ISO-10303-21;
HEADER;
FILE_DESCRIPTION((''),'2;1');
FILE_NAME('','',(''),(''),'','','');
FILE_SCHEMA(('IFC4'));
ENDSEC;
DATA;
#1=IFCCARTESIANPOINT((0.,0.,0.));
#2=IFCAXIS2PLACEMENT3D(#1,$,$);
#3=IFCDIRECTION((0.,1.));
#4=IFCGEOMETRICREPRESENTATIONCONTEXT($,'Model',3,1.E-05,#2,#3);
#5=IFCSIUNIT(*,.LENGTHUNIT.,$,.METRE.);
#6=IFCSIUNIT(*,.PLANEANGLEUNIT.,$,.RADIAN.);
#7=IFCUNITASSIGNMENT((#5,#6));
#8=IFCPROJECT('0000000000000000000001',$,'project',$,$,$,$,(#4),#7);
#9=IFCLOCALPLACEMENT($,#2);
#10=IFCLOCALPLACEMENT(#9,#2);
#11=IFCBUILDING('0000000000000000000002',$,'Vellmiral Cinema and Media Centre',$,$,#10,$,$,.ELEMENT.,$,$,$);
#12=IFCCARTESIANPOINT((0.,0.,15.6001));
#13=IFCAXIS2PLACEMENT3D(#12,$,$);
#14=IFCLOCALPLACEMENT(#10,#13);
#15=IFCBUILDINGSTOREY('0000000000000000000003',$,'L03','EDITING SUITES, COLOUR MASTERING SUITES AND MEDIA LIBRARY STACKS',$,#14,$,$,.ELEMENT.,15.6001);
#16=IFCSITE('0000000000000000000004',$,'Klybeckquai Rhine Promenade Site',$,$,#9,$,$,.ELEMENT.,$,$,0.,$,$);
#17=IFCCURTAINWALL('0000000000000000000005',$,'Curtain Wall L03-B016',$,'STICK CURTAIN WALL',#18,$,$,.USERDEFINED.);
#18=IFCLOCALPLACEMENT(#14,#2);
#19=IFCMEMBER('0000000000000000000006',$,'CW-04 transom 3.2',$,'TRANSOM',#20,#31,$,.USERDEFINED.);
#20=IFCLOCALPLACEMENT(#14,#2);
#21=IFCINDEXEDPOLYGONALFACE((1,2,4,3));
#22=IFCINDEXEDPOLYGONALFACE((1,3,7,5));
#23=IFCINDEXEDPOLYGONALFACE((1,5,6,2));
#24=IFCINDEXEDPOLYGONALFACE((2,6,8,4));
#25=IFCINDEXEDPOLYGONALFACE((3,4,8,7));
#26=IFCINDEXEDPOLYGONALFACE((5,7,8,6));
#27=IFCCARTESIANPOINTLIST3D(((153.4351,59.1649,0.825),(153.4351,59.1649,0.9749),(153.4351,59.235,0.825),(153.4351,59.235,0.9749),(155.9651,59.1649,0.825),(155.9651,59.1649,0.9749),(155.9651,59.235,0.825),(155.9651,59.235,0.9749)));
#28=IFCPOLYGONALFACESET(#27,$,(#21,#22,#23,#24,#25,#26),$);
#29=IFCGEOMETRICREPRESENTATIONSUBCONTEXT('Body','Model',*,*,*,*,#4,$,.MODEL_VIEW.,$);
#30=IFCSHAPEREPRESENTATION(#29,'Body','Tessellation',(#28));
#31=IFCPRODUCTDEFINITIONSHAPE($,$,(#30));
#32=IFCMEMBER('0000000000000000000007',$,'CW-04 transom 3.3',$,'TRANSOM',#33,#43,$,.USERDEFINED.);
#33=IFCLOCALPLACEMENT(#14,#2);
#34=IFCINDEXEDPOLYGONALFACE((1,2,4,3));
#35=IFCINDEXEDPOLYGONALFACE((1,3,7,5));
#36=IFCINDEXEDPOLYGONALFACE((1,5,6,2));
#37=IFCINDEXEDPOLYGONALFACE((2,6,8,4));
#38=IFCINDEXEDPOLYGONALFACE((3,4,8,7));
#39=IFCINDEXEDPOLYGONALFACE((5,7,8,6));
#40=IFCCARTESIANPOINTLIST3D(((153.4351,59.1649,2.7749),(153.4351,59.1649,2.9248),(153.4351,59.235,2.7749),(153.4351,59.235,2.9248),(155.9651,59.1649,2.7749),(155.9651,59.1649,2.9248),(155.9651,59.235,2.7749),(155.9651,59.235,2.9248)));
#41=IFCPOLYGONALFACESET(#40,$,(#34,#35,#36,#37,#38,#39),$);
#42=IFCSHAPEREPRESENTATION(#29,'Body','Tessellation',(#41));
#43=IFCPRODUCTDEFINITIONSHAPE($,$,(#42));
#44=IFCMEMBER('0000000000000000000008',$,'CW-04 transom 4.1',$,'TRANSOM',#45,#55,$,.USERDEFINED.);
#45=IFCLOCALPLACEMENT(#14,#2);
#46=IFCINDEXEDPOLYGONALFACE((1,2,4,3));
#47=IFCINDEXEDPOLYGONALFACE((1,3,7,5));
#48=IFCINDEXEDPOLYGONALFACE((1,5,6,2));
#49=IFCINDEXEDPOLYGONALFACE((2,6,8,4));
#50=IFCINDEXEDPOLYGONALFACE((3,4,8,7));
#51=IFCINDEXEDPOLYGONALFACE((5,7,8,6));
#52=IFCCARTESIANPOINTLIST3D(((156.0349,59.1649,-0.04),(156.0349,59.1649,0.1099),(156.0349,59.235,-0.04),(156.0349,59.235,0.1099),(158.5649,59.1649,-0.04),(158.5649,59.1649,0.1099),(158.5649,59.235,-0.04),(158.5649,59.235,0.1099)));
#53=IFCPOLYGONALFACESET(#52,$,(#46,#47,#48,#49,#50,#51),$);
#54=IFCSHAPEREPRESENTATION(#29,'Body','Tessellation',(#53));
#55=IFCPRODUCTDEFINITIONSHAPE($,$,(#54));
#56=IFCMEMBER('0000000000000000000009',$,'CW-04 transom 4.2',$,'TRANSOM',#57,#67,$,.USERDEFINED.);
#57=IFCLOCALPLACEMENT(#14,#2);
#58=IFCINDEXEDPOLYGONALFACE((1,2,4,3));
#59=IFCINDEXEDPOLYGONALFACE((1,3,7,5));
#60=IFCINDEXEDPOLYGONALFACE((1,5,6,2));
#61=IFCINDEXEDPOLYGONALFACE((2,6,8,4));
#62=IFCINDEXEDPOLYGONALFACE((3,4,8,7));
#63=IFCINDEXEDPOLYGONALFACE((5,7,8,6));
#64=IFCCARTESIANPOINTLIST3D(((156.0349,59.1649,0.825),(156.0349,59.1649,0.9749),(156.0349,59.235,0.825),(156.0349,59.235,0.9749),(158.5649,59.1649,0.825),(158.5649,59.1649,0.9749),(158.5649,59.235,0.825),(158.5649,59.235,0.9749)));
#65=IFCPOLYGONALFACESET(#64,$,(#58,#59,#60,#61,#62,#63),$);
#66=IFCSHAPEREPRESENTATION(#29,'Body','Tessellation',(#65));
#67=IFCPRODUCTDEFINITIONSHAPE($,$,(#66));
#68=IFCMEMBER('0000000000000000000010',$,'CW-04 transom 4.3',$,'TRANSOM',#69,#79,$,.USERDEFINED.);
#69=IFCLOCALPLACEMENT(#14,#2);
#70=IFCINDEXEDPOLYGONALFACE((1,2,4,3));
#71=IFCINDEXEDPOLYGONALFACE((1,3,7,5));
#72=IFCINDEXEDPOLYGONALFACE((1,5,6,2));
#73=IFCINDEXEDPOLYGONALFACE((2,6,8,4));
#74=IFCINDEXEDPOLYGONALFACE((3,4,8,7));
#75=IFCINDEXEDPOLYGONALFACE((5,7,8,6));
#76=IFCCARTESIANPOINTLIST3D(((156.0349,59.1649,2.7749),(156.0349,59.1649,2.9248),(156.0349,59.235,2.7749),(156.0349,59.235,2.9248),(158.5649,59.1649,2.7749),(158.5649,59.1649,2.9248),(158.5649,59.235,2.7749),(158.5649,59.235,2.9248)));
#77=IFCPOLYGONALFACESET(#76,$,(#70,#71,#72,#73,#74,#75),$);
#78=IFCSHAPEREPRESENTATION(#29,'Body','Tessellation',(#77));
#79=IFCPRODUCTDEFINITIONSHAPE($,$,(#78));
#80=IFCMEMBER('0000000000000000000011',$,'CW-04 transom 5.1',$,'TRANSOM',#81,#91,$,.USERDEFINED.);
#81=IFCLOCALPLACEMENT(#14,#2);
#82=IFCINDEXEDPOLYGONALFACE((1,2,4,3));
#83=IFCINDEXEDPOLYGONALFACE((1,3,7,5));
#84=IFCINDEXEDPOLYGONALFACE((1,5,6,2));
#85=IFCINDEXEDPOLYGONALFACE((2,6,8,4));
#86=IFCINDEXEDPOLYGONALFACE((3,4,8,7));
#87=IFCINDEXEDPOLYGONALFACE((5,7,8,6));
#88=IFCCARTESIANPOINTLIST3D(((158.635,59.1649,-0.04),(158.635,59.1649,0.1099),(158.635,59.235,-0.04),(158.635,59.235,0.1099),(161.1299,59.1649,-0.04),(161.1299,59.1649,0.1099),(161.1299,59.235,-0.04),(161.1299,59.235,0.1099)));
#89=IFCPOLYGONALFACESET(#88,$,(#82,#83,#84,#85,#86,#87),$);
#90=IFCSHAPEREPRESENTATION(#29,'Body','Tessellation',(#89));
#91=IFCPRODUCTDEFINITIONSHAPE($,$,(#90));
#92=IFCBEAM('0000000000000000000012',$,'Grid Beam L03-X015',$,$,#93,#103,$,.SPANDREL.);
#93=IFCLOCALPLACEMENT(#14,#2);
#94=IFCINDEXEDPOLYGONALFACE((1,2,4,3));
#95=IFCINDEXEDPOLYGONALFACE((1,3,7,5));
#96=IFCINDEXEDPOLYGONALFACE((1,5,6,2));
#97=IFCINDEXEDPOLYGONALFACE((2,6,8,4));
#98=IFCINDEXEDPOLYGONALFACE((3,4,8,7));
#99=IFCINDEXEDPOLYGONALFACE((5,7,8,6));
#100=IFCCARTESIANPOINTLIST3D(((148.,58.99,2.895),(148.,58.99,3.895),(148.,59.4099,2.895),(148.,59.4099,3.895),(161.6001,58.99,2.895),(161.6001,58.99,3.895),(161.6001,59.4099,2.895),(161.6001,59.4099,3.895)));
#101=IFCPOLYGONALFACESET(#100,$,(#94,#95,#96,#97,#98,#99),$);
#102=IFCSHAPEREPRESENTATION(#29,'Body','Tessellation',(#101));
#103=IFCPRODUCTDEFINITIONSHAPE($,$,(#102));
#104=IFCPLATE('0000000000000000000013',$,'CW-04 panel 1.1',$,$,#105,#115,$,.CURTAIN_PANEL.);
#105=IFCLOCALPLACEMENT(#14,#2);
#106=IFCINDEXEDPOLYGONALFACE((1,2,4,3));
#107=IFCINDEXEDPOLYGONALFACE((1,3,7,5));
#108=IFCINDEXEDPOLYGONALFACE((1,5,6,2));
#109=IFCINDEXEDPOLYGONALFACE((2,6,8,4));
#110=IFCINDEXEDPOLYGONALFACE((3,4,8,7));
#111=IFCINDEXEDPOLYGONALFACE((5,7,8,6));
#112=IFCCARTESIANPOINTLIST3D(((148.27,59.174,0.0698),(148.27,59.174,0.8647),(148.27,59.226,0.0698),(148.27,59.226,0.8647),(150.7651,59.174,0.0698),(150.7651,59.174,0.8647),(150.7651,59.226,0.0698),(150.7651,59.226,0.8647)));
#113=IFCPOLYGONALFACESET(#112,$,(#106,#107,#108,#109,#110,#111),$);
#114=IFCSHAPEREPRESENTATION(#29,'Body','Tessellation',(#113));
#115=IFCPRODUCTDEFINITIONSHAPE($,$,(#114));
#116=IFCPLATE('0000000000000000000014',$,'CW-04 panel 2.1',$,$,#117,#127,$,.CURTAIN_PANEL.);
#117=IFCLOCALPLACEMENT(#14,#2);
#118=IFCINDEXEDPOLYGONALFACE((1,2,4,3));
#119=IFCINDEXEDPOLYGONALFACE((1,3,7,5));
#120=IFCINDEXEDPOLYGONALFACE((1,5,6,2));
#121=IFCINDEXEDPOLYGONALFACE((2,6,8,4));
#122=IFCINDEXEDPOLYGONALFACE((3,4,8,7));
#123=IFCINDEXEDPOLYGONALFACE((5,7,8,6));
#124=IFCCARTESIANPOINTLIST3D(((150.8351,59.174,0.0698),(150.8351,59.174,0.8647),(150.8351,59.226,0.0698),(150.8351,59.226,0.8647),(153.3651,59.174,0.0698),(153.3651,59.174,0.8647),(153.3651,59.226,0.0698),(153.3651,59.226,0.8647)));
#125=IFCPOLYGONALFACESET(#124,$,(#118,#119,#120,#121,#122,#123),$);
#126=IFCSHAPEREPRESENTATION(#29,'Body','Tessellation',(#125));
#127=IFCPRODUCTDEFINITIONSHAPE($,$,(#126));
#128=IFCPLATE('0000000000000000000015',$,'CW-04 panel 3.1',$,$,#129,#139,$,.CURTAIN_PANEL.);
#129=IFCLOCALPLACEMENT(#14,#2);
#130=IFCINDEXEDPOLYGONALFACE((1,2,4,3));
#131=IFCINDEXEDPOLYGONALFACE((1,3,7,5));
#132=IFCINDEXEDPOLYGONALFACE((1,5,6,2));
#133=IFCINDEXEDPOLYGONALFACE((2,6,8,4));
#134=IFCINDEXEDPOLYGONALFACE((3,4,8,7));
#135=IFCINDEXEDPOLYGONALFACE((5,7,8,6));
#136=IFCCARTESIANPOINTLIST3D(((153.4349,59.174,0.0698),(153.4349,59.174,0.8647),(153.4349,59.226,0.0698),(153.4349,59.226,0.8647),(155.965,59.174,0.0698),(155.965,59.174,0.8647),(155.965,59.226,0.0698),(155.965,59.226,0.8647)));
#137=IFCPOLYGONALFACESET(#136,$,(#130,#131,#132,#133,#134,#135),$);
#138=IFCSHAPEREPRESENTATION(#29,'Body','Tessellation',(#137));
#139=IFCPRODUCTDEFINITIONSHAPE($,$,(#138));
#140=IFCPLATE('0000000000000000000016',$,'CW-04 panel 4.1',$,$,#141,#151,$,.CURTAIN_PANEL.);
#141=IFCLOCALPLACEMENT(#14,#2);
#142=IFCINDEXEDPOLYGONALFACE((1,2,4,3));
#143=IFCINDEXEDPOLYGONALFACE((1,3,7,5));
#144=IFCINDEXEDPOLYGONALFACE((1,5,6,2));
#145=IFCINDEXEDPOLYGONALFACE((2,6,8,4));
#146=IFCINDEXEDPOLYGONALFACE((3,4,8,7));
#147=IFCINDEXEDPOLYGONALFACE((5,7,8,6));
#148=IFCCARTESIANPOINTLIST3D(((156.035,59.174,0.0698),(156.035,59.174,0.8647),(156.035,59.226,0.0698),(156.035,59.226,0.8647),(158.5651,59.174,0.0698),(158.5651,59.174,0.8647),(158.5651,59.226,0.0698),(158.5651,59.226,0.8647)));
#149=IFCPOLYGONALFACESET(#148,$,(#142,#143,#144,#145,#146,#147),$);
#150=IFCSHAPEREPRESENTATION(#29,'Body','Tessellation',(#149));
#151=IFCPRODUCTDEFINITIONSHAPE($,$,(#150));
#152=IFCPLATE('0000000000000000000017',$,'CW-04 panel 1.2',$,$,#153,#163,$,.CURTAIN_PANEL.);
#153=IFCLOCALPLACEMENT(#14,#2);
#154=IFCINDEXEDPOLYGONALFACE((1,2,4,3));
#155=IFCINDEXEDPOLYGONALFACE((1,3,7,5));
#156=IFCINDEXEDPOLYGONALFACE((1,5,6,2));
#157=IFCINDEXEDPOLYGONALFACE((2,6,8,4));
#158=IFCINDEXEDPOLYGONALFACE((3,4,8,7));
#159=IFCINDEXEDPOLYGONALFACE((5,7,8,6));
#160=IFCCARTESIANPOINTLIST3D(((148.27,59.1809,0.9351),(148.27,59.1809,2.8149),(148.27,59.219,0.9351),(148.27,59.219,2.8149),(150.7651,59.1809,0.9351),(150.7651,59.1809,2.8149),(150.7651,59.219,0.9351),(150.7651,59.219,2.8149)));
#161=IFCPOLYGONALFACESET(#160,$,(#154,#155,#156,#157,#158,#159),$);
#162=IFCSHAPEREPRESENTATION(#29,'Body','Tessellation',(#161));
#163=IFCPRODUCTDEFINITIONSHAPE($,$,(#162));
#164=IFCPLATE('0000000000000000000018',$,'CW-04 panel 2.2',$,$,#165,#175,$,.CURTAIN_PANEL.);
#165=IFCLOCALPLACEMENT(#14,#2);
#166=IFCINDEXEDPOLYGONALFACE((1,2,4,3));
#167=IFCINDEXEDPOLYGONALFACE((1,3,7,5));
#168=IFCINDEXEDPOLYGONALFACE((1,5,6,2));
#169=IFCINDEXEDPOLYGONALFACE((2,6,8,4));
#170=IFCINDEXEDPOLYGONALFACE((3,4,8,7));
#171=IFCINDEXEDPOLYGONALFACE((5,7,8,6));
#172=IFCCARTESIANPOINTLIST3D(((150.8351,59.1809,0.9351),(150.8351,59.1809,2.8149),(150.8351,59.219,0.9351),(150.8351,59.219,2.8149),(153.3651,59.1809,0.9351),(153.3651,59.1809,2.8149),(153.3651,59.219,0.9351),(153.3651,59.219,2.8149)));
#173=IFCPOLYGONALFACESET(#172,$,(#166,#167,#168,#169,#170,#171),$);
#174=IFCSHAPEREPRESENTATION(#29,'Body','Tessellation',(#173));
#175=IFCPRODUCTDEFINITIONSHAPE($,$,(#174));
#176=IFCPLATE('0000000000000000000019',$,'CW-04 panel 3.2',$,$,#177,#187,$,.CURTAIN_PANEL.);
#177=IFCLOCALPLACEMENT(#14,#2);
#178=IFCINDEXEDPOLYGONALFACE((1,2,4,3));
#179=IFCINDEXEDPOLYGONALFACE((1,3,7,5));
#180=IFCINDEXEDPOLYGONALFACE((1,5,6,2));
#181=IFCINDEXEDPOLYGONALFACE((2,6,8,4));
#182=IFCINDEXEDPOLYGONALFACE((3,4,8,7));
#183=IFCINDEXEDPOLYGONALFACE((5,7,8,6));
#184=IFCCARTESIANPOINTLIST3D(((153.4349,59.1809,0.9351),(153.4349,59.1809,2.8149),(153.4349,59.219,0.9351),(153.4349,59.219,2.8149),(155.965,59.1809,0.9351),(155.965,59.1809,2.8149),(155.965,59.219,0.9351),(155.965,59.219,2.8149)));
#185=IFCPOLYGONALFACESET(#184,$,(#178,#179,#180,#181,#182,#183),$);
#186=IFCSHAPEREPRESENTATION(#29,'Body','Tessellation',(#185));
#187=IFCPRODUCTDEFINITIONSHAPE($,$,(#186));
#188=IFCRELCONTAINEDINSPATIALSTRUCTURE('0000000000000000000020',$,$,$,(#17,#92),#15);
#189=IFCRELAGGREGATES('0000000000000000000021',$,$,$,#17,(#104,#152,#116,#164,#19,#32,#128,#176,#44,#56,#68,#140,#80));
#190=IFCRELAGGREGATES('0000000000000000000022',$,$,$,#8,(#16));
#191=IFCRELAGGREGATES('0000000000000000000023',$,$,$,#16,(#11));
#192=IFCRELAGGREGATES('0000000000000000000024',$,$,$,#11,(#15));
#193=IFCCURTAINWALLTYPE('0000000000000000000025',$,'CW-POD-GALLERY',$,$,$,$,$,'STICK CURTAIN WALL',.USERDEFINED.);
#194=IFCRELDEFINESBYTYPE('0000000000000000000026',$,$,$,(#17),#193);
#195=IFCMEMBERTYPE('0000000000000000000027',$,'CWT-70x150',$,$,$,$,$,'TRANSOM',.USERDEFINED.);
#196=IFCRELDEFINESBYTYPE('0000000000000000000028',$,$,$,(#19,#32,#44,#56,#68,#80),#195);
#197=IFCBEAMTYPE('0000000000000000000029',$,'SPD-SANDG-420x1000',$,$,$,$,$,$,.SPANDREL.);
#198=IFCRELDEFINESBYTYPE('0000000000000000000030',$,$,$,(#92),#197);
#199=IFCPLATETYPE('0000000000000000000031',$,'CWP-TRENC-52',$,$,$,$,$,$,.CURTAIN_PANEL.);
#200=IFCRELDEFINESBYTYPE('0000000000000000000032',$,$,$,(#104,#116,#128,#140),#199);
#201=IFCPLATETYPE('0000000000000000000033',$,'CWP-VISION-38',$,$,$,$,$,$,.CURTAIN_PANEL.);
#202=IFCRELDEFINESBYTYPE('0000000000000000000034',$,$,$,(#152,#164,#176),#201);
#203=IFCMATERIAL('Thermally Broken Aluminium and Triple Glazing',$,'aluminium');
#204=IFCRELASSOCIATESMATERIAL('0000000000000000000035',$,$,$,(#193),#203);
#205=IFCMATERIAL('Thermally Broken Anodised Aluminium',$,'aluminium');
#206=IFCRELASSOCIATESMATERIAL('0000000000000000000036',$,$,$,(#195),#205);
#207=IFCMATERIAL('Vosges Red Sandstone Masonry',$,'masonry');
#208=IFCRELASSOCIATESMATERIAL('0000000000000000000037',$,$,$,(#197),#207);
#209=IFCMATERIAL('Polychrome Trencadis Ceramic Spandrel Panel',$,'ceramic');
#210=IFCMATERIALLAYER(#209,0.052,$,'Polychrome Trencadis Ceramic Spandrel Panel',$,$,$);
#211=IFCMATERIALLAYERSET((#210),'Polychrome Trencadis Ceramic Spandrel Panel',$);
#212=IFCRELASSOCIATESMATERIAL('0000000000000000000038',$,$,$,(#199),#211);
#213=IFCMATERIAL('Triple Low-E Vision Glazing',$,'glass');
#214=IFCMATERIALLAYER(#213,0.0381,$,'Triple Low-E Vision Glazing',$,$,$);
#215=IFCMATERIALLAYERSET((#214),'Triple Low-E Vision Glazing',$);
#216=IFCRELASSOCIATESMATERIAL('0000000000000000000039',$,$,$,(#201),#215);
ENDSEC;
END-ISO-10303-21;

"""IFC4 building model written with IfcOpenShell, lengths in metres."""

from ifc_helpers import new_model, si_unit, direction, frame, origin, origin_2d, place, context, subcontext, project, spatial, rectangle, extrude, material, layer, layer_set, material_profile, profile_set, type_object, element, aggregate, save


model = new_model("IFC4")

# Units and contexts
model_context = context("Model", 3, precision=1e-05, world=origin(), true_north=direction((0.0, 1.0)))
body_context = subcontext(model_context, "Body", "Model", "MODEL_VIEW")
ifc_project = project(units=[si_unit("LENGTHUNIT", "METRE"), si_unit("PLANEANGLEUNIT", "RADIAN")], contexts=[model_context])

# Site, building, storey
site_placement = place(None, origin())
site = spatial("IfcSite", under=ifc_project, at=site_placement, Name="Klybeckquai Rhine Promenade Site", CompositionType="ELEMENT", RefElevation=0.0)
building_placement = place(site_placement, origin())
building = spatial("IfcBuilding", under=site, at=building_placement, Name="Vellmiral Cinema and Media Centre", CompositionType="ELEMENT")
storey_placement = place(building_placement, frame((0.0, 0.0, 15.6001)))
storey = spatial("IfcBuildingStorey", under=building, at=storey_placement, Name="L03", Description="EDITING SUITES, COLOUR MASTERING SUITES AND MEDIA LIBRARY STACKS", CompositionType="ELEMENT", Elevation=15.6001)

# Curtain wall, members
ifc_material_1 = material(Name="Thermally Broken Aluminium and Triple Glazing", Category="aluminium")
curtain_wall_type = type_object("IfcCurtainWallType", Name="CW-POD-GALLERY", ElementType="STICK CURTAIN WALL", PredefinedType="USERDEFINED", material=ifc_material_1)
curtain_wall_placement = place(storey_placement, origin())
curtain_wall = element("IfcCurtainWall", 1, at=curtain_wall_placement, inside=storey, type_object=curtain_wall_type, Name="Curtain Wall L03-B016", ObjectType="STICK CURTAIN WALL", PredefinedType="USERDEFINED")
ifc_material_2 = material(Name="Thermally Broken Anodised Aluminium", Category="aluminium")
ifc_material_profile_1 = material_profile(ifc_material_2, rectangle(XDim=0.0701, YDim=0.1499, at=origin_2d()), Name="MULL 70x150")
ifc_profile_set_1 = profile_set([ifc_material_profile_1], Name="Thermally Broken Anodised Aluminium")
member_type_1 = type_object("IfcMemberType", Name="CWT-70x150", ElementType="TRANSOM", PredefinedType="USERDEFINED", material=ifc_profile_set_1)
member_1_placement = place(storey_placement, frame((153.4351, 59.2, 0.8999), z_axis=(1.0, 0.0, 0.0), x_axis=(0.0, 1.0, 0.0)))
member_1 = element("IfcMember", 2, at=member_1_placement, type_object=member_type_1, Name="CW-04 transom 3.2", ObjectType="TRANSOM", PredefinedType="USERDEFINED", context=body_context, shape_type="SweptSolid", body=[
    extrude(rectangle(XDim=0.0701, YDim=0.1499, at=origin_2d()), origin(), (0.0, 0.0, 1.0), 2.53),
])
member_2_placement = place(storey_placement, frame((153.4351, 59.2, 2.8499), z_axis=(1.0, 0.0, 0.0), x_axis=(0.0, 1.0, 0.0)))
member_2 = element("IfcMember", 3, at=member_2_placement, type_object=member_type_1, Name="CW-04 transom 3.3", ObjectType="TRANSOM", PredefinedType="USERDEFINED", context=body_context, shape_type="SweptSolid", body=[
    extrude(rectangle(XDim=0.0701, YDim=0.1499, at=origin_2d()), origin(), (0.0, 0.0, 1.0), 2.53),
])
member_3_placement = place(storey_placement, frame((156.0349, 59.2, 0.0349), z_axis=(1.0, 0.0, 0.0), x_axis=(0.0, 1.0, 0.0)))
member_3 = element("IfcMember", 4, at=member_3_placement, type_object=member_type_1, Name="CW-04 transom 4.1", ObjectType="TRANSOM", PredefinedType="USERDEFINED", context=body_context, shape_type="SweptSolid", body=[
    extrude(rectangle(XDim=0.0701, YDim=0.1499, at=origin_2d()), origin(), (0.0, 0.0, 1.0), 2.53),
])
member_4_placement = place(storey_placement, frame((156.0349, 59.2, 0.8999), z_axis=(1.0, 0.0, 0.0), x_axis=(0.0, 1.0, 0.0)))
member_4 = element("IfcMember", 5, at=member_4_placement, type_object=member_type_1, Name="CW-04 transom 4.2", ObjectType="TRANSOM", PredefinedType="USERDEFINED", context=body_context, shape_type="SweptSolid", body=[
    extrude(rectangle(XDim=0.0701, YDim=0.1499, at=origin_2d()), origin(), (0.0, 0.0, 1.0), 2.53),
])
member_5_placement = place(storey_placement, frame((156.0349, 59.2, 2.8499), z_axis=(1.0, 0.0, 0.0), x_axis=(0.0, 1.0, 0.0)))
member_5 = element("IfcMember", 6, at=member_5_placement, type_object=member_type_1, Name="CW-04 transom 4.3", ObjectType="TRANSOM", PredefinedType="USERDEFINED", context=body_context, shape_type="SweptSolid", body=[
    extrude(rectangle(XDim=0.0701, YDim=0.1499, at=origin_2d()), origin(), (0.0, 0.0, 1.0), 2.53),
])
member_6_placement = place(storey_placement, frame((158.635, 59.2, 0.0349), z_axis=(1.0, 0.0, 0.0), x_axis=(0.0, 1.0, 0.0)))
member_6 = element("IfcMember", 7, at=member_6_placement, type_object=member_type_1, Name="CW-04 transom 5.1", ObjectType="TRANSOM", PredefinedType="USERDEFINED", context=body_context, shape_type="SweptSolid", body=[
    extrude(rectangle(XDim=0.0701, YDim=0.1499, at=origin_2d()), origin(), (0.0, 0.0, 1.0), 2.4949),
])

# Beam
ifc_material_3 = material(Name="Vosges Red Sandstone Masonry", Category="masonry")
ifc_material_profile_2 = material_profile(ifc_material_3, rectangle(XDim=0.4199, YDim=1.0, at=origin_2d()), Name="SAND 420x1000")
ifc_profile_set_2 = profile_set([ifc_material_profile_2], Name="Vosges Red Sandstone Masonry")
beam_type_1 = type_object("IfcBeamType", Name="SPD-SANDG-420x1000", PredefinedType="SPANDREL", material=ifc_profile_set_2)
beam_1_placement = place(storey_placement, frame((148.0, 59.2, 3.395), z_axis=(1.0, 0.0, 0.0), x_axis=(0.0, 1.0, 0.0)))
element("IfcBeam", 8, at=beam_1_placement, inside=storey, type_object=beam_type_1, Name="Grid Beam L03-X015", PredefinedType="SPANDREL", context=body_context, shape_type="SweptSolid", body=[
    extrude(rectangle(XDim=0.4199, YDim=1.0, at=origin_2d()), origin(), (0.0, 0.0, 1.0), 13.6001),
])

# Plates
ifc_material_4 = material(Name="Polychrome Trencadis Ceramic Spandrel Panel", Category="ceramic")
ifc_layer_1 = layer(ifc_material_4, 0.052, Name="Polychrome Trencadis Ceramic Spandrel Panel")
ifc_layer_set_1 = layer_set([ifc_layer_1], Name="Polychrome Trencadis Ceramic Spandrel Panel")
plate_type_1 = type_object("IfcPlateType", Name="CWP-TRENC-52", PredefinedType="CURTAIN_PANEL", material=ifc_layer_set_1)
plate_1_placement = place(storey_placement, frame((149.5176, 59.2, 0.0698), z_axis=(0.0, 0.0, 1.0), x_axis=(1.0, 0.0, 0.0)))
plate_1 = element("IfcPlate", 9, at=plate_1_placement, type_object=plate_type_1, Name="CW-04 panel 1.1", PredefinedType="CURTAIN_PANEL", context=body_context, shape_type="SweptSolid", body=[
    extrude(rectangle(XDim=2.4951, YDim=0.052, at=origin_2d()), origin(), (0.0, 0.0, 1.0), 0.7949),
])
plate_2_placement = place(storey_placement, frame((152.1001, 59.2, 0.0698), z_axis=(0.0, 0.0, 1.0), x_axis=(1.0, 0.0, 0.0)))
plate_2 = element("IfcPlate", 10, at=plate_2_placement, type_object=plate_type_1, Name="CW-04 panel 2.1", PredefinedType="CURTAIN_PANEL", context=body_context, shape_type="SweptSolid", body=[
    extrude(rectangle(XDim=2.53, YDim=0.052, at=origin_2d()), origin(), (0.0, 0.0, 1.0), 0.7949),
])
plate_3_placement = place(storey_placement, frame((154.7, 59.2, 0.0698), z_axis=(0.0, 0.0, 1.0), x_axis=(1.0, 0.0, 0.0)))
plate_3 = element("IfcPlate", 11, at=plate_3_placement, type_object=plate_type_1, Name="CW-04 panel 3.1", PredefinedType="CURTAIN_PANEL", context=body_context, shape_type="SweptSolid", body=[
    extrude(rectangle(XDim=2.53, YDim=0.052, at=origin_2d()), origin(), (0.0, 0.0, 1.0), 0.7949),
])
plate_4_placement = place(storey_placement, frame((157.3, 59.2, 0.0698), z_axis=(0.0, 0.0, 1.0), x_axis=(1.0, 0.0, 0.0)))
plate_4 = element("IfcPlate", 12, at=plate_4_placement, type_object=plate_type_1, Name="CW-04 panel 4.1", PredefinedType="CURTAIN_PANEL", context=body_context, shape_type="SweptSolid", body=[
    extrude(rectangle(XDim=2.53, YDim=0.052, at=origin_2d()), origin(), (0.0, 0.0, 1.0), 0.7949),
])
ifc_material_5 = material(Name="Triple Low-E Vision Glazing", Category="glass")
ifc_layer_2 = layer(ifc_material_5, 0.0381, Name="Triple Low-E Vision Glazing")
ifc_layer_set_2 = layer_set([ifc_layer_2], Name="Triple Low-E Vision Glazing")
plate_type_2 = type_object("IfcPlateType", Name="CWP-VISION-38", PredefinedType="CURTAIN_PANEL", material=ifc_layer_set_2)
plate_5_placement = place(storey_placement, frame((149.5176, 59.2, 0.9351), z_axis=(0.0, 0.0, 1.0), x_axis=(1.0, 0.0, 0.0)))
plate_5 = element("IfcPlate", 13, at=plate_5_placement, type_object=plate_type_2, Name="CW-04 panel 1.2", PredefinedType="CURTAIN_PANEL", context=body_context, shape_type="SweptSolid", body=[
    extrude(rectangle(XDim=2.4951, YDim=0.0381, at=origin_2d()), origin(), (0.0, 0.0, 1.0), 1.8799),
])
plate_6_placement = place(storey_placement, frame((152.1001, 59.2, 0.9351), z_axis=(0.0, 0.0, 1.0), x_axis=(1.0, 0.0, 0.0)))
plate_6 = element("IfcPlate", 14, at=plate_6_placement, type_object=plate_type_2, Name="CW-04 panel 2.2", PredefinedType="CURTAIN_PANEL", context=body_context, shape_type="SweptSolid", body=[
    extrude(rectangle(XDim=2.53, YDim=0.0381, at=origin_2d()), origin(), (0.0, 0.0, 1.0), 1.8799),
])
plate_7_placement = place(storey_placement, frame((154.7, 59.2, 0.9351), z_axis=(0.0, 0.0, 1.0), x_axis=(1.0, 0.0, 0.0)))
plate_7 = element("IfcPlate", 15, at=plate_7_placement, type_object=plate_type_2, Name="CW-04 panel 3.2", PredefinedType="CURTAIN_PANEL", context=body_context, shape_type="SweptSolid", body=[
    extrude(rectangle(XDim=2.53, YDim=0.0381, at=origin_2d()), origin(), (0.0, 0.0, 1.0), 1.8799),
])
aggregate(curtain_wall, [plate_1, plate_5, plate_2, plate_6, member_1, member_2, plate_3, plate_7, member_3, member_4, member_5, plate_4, member_6])

save(model, "model.ifc")
